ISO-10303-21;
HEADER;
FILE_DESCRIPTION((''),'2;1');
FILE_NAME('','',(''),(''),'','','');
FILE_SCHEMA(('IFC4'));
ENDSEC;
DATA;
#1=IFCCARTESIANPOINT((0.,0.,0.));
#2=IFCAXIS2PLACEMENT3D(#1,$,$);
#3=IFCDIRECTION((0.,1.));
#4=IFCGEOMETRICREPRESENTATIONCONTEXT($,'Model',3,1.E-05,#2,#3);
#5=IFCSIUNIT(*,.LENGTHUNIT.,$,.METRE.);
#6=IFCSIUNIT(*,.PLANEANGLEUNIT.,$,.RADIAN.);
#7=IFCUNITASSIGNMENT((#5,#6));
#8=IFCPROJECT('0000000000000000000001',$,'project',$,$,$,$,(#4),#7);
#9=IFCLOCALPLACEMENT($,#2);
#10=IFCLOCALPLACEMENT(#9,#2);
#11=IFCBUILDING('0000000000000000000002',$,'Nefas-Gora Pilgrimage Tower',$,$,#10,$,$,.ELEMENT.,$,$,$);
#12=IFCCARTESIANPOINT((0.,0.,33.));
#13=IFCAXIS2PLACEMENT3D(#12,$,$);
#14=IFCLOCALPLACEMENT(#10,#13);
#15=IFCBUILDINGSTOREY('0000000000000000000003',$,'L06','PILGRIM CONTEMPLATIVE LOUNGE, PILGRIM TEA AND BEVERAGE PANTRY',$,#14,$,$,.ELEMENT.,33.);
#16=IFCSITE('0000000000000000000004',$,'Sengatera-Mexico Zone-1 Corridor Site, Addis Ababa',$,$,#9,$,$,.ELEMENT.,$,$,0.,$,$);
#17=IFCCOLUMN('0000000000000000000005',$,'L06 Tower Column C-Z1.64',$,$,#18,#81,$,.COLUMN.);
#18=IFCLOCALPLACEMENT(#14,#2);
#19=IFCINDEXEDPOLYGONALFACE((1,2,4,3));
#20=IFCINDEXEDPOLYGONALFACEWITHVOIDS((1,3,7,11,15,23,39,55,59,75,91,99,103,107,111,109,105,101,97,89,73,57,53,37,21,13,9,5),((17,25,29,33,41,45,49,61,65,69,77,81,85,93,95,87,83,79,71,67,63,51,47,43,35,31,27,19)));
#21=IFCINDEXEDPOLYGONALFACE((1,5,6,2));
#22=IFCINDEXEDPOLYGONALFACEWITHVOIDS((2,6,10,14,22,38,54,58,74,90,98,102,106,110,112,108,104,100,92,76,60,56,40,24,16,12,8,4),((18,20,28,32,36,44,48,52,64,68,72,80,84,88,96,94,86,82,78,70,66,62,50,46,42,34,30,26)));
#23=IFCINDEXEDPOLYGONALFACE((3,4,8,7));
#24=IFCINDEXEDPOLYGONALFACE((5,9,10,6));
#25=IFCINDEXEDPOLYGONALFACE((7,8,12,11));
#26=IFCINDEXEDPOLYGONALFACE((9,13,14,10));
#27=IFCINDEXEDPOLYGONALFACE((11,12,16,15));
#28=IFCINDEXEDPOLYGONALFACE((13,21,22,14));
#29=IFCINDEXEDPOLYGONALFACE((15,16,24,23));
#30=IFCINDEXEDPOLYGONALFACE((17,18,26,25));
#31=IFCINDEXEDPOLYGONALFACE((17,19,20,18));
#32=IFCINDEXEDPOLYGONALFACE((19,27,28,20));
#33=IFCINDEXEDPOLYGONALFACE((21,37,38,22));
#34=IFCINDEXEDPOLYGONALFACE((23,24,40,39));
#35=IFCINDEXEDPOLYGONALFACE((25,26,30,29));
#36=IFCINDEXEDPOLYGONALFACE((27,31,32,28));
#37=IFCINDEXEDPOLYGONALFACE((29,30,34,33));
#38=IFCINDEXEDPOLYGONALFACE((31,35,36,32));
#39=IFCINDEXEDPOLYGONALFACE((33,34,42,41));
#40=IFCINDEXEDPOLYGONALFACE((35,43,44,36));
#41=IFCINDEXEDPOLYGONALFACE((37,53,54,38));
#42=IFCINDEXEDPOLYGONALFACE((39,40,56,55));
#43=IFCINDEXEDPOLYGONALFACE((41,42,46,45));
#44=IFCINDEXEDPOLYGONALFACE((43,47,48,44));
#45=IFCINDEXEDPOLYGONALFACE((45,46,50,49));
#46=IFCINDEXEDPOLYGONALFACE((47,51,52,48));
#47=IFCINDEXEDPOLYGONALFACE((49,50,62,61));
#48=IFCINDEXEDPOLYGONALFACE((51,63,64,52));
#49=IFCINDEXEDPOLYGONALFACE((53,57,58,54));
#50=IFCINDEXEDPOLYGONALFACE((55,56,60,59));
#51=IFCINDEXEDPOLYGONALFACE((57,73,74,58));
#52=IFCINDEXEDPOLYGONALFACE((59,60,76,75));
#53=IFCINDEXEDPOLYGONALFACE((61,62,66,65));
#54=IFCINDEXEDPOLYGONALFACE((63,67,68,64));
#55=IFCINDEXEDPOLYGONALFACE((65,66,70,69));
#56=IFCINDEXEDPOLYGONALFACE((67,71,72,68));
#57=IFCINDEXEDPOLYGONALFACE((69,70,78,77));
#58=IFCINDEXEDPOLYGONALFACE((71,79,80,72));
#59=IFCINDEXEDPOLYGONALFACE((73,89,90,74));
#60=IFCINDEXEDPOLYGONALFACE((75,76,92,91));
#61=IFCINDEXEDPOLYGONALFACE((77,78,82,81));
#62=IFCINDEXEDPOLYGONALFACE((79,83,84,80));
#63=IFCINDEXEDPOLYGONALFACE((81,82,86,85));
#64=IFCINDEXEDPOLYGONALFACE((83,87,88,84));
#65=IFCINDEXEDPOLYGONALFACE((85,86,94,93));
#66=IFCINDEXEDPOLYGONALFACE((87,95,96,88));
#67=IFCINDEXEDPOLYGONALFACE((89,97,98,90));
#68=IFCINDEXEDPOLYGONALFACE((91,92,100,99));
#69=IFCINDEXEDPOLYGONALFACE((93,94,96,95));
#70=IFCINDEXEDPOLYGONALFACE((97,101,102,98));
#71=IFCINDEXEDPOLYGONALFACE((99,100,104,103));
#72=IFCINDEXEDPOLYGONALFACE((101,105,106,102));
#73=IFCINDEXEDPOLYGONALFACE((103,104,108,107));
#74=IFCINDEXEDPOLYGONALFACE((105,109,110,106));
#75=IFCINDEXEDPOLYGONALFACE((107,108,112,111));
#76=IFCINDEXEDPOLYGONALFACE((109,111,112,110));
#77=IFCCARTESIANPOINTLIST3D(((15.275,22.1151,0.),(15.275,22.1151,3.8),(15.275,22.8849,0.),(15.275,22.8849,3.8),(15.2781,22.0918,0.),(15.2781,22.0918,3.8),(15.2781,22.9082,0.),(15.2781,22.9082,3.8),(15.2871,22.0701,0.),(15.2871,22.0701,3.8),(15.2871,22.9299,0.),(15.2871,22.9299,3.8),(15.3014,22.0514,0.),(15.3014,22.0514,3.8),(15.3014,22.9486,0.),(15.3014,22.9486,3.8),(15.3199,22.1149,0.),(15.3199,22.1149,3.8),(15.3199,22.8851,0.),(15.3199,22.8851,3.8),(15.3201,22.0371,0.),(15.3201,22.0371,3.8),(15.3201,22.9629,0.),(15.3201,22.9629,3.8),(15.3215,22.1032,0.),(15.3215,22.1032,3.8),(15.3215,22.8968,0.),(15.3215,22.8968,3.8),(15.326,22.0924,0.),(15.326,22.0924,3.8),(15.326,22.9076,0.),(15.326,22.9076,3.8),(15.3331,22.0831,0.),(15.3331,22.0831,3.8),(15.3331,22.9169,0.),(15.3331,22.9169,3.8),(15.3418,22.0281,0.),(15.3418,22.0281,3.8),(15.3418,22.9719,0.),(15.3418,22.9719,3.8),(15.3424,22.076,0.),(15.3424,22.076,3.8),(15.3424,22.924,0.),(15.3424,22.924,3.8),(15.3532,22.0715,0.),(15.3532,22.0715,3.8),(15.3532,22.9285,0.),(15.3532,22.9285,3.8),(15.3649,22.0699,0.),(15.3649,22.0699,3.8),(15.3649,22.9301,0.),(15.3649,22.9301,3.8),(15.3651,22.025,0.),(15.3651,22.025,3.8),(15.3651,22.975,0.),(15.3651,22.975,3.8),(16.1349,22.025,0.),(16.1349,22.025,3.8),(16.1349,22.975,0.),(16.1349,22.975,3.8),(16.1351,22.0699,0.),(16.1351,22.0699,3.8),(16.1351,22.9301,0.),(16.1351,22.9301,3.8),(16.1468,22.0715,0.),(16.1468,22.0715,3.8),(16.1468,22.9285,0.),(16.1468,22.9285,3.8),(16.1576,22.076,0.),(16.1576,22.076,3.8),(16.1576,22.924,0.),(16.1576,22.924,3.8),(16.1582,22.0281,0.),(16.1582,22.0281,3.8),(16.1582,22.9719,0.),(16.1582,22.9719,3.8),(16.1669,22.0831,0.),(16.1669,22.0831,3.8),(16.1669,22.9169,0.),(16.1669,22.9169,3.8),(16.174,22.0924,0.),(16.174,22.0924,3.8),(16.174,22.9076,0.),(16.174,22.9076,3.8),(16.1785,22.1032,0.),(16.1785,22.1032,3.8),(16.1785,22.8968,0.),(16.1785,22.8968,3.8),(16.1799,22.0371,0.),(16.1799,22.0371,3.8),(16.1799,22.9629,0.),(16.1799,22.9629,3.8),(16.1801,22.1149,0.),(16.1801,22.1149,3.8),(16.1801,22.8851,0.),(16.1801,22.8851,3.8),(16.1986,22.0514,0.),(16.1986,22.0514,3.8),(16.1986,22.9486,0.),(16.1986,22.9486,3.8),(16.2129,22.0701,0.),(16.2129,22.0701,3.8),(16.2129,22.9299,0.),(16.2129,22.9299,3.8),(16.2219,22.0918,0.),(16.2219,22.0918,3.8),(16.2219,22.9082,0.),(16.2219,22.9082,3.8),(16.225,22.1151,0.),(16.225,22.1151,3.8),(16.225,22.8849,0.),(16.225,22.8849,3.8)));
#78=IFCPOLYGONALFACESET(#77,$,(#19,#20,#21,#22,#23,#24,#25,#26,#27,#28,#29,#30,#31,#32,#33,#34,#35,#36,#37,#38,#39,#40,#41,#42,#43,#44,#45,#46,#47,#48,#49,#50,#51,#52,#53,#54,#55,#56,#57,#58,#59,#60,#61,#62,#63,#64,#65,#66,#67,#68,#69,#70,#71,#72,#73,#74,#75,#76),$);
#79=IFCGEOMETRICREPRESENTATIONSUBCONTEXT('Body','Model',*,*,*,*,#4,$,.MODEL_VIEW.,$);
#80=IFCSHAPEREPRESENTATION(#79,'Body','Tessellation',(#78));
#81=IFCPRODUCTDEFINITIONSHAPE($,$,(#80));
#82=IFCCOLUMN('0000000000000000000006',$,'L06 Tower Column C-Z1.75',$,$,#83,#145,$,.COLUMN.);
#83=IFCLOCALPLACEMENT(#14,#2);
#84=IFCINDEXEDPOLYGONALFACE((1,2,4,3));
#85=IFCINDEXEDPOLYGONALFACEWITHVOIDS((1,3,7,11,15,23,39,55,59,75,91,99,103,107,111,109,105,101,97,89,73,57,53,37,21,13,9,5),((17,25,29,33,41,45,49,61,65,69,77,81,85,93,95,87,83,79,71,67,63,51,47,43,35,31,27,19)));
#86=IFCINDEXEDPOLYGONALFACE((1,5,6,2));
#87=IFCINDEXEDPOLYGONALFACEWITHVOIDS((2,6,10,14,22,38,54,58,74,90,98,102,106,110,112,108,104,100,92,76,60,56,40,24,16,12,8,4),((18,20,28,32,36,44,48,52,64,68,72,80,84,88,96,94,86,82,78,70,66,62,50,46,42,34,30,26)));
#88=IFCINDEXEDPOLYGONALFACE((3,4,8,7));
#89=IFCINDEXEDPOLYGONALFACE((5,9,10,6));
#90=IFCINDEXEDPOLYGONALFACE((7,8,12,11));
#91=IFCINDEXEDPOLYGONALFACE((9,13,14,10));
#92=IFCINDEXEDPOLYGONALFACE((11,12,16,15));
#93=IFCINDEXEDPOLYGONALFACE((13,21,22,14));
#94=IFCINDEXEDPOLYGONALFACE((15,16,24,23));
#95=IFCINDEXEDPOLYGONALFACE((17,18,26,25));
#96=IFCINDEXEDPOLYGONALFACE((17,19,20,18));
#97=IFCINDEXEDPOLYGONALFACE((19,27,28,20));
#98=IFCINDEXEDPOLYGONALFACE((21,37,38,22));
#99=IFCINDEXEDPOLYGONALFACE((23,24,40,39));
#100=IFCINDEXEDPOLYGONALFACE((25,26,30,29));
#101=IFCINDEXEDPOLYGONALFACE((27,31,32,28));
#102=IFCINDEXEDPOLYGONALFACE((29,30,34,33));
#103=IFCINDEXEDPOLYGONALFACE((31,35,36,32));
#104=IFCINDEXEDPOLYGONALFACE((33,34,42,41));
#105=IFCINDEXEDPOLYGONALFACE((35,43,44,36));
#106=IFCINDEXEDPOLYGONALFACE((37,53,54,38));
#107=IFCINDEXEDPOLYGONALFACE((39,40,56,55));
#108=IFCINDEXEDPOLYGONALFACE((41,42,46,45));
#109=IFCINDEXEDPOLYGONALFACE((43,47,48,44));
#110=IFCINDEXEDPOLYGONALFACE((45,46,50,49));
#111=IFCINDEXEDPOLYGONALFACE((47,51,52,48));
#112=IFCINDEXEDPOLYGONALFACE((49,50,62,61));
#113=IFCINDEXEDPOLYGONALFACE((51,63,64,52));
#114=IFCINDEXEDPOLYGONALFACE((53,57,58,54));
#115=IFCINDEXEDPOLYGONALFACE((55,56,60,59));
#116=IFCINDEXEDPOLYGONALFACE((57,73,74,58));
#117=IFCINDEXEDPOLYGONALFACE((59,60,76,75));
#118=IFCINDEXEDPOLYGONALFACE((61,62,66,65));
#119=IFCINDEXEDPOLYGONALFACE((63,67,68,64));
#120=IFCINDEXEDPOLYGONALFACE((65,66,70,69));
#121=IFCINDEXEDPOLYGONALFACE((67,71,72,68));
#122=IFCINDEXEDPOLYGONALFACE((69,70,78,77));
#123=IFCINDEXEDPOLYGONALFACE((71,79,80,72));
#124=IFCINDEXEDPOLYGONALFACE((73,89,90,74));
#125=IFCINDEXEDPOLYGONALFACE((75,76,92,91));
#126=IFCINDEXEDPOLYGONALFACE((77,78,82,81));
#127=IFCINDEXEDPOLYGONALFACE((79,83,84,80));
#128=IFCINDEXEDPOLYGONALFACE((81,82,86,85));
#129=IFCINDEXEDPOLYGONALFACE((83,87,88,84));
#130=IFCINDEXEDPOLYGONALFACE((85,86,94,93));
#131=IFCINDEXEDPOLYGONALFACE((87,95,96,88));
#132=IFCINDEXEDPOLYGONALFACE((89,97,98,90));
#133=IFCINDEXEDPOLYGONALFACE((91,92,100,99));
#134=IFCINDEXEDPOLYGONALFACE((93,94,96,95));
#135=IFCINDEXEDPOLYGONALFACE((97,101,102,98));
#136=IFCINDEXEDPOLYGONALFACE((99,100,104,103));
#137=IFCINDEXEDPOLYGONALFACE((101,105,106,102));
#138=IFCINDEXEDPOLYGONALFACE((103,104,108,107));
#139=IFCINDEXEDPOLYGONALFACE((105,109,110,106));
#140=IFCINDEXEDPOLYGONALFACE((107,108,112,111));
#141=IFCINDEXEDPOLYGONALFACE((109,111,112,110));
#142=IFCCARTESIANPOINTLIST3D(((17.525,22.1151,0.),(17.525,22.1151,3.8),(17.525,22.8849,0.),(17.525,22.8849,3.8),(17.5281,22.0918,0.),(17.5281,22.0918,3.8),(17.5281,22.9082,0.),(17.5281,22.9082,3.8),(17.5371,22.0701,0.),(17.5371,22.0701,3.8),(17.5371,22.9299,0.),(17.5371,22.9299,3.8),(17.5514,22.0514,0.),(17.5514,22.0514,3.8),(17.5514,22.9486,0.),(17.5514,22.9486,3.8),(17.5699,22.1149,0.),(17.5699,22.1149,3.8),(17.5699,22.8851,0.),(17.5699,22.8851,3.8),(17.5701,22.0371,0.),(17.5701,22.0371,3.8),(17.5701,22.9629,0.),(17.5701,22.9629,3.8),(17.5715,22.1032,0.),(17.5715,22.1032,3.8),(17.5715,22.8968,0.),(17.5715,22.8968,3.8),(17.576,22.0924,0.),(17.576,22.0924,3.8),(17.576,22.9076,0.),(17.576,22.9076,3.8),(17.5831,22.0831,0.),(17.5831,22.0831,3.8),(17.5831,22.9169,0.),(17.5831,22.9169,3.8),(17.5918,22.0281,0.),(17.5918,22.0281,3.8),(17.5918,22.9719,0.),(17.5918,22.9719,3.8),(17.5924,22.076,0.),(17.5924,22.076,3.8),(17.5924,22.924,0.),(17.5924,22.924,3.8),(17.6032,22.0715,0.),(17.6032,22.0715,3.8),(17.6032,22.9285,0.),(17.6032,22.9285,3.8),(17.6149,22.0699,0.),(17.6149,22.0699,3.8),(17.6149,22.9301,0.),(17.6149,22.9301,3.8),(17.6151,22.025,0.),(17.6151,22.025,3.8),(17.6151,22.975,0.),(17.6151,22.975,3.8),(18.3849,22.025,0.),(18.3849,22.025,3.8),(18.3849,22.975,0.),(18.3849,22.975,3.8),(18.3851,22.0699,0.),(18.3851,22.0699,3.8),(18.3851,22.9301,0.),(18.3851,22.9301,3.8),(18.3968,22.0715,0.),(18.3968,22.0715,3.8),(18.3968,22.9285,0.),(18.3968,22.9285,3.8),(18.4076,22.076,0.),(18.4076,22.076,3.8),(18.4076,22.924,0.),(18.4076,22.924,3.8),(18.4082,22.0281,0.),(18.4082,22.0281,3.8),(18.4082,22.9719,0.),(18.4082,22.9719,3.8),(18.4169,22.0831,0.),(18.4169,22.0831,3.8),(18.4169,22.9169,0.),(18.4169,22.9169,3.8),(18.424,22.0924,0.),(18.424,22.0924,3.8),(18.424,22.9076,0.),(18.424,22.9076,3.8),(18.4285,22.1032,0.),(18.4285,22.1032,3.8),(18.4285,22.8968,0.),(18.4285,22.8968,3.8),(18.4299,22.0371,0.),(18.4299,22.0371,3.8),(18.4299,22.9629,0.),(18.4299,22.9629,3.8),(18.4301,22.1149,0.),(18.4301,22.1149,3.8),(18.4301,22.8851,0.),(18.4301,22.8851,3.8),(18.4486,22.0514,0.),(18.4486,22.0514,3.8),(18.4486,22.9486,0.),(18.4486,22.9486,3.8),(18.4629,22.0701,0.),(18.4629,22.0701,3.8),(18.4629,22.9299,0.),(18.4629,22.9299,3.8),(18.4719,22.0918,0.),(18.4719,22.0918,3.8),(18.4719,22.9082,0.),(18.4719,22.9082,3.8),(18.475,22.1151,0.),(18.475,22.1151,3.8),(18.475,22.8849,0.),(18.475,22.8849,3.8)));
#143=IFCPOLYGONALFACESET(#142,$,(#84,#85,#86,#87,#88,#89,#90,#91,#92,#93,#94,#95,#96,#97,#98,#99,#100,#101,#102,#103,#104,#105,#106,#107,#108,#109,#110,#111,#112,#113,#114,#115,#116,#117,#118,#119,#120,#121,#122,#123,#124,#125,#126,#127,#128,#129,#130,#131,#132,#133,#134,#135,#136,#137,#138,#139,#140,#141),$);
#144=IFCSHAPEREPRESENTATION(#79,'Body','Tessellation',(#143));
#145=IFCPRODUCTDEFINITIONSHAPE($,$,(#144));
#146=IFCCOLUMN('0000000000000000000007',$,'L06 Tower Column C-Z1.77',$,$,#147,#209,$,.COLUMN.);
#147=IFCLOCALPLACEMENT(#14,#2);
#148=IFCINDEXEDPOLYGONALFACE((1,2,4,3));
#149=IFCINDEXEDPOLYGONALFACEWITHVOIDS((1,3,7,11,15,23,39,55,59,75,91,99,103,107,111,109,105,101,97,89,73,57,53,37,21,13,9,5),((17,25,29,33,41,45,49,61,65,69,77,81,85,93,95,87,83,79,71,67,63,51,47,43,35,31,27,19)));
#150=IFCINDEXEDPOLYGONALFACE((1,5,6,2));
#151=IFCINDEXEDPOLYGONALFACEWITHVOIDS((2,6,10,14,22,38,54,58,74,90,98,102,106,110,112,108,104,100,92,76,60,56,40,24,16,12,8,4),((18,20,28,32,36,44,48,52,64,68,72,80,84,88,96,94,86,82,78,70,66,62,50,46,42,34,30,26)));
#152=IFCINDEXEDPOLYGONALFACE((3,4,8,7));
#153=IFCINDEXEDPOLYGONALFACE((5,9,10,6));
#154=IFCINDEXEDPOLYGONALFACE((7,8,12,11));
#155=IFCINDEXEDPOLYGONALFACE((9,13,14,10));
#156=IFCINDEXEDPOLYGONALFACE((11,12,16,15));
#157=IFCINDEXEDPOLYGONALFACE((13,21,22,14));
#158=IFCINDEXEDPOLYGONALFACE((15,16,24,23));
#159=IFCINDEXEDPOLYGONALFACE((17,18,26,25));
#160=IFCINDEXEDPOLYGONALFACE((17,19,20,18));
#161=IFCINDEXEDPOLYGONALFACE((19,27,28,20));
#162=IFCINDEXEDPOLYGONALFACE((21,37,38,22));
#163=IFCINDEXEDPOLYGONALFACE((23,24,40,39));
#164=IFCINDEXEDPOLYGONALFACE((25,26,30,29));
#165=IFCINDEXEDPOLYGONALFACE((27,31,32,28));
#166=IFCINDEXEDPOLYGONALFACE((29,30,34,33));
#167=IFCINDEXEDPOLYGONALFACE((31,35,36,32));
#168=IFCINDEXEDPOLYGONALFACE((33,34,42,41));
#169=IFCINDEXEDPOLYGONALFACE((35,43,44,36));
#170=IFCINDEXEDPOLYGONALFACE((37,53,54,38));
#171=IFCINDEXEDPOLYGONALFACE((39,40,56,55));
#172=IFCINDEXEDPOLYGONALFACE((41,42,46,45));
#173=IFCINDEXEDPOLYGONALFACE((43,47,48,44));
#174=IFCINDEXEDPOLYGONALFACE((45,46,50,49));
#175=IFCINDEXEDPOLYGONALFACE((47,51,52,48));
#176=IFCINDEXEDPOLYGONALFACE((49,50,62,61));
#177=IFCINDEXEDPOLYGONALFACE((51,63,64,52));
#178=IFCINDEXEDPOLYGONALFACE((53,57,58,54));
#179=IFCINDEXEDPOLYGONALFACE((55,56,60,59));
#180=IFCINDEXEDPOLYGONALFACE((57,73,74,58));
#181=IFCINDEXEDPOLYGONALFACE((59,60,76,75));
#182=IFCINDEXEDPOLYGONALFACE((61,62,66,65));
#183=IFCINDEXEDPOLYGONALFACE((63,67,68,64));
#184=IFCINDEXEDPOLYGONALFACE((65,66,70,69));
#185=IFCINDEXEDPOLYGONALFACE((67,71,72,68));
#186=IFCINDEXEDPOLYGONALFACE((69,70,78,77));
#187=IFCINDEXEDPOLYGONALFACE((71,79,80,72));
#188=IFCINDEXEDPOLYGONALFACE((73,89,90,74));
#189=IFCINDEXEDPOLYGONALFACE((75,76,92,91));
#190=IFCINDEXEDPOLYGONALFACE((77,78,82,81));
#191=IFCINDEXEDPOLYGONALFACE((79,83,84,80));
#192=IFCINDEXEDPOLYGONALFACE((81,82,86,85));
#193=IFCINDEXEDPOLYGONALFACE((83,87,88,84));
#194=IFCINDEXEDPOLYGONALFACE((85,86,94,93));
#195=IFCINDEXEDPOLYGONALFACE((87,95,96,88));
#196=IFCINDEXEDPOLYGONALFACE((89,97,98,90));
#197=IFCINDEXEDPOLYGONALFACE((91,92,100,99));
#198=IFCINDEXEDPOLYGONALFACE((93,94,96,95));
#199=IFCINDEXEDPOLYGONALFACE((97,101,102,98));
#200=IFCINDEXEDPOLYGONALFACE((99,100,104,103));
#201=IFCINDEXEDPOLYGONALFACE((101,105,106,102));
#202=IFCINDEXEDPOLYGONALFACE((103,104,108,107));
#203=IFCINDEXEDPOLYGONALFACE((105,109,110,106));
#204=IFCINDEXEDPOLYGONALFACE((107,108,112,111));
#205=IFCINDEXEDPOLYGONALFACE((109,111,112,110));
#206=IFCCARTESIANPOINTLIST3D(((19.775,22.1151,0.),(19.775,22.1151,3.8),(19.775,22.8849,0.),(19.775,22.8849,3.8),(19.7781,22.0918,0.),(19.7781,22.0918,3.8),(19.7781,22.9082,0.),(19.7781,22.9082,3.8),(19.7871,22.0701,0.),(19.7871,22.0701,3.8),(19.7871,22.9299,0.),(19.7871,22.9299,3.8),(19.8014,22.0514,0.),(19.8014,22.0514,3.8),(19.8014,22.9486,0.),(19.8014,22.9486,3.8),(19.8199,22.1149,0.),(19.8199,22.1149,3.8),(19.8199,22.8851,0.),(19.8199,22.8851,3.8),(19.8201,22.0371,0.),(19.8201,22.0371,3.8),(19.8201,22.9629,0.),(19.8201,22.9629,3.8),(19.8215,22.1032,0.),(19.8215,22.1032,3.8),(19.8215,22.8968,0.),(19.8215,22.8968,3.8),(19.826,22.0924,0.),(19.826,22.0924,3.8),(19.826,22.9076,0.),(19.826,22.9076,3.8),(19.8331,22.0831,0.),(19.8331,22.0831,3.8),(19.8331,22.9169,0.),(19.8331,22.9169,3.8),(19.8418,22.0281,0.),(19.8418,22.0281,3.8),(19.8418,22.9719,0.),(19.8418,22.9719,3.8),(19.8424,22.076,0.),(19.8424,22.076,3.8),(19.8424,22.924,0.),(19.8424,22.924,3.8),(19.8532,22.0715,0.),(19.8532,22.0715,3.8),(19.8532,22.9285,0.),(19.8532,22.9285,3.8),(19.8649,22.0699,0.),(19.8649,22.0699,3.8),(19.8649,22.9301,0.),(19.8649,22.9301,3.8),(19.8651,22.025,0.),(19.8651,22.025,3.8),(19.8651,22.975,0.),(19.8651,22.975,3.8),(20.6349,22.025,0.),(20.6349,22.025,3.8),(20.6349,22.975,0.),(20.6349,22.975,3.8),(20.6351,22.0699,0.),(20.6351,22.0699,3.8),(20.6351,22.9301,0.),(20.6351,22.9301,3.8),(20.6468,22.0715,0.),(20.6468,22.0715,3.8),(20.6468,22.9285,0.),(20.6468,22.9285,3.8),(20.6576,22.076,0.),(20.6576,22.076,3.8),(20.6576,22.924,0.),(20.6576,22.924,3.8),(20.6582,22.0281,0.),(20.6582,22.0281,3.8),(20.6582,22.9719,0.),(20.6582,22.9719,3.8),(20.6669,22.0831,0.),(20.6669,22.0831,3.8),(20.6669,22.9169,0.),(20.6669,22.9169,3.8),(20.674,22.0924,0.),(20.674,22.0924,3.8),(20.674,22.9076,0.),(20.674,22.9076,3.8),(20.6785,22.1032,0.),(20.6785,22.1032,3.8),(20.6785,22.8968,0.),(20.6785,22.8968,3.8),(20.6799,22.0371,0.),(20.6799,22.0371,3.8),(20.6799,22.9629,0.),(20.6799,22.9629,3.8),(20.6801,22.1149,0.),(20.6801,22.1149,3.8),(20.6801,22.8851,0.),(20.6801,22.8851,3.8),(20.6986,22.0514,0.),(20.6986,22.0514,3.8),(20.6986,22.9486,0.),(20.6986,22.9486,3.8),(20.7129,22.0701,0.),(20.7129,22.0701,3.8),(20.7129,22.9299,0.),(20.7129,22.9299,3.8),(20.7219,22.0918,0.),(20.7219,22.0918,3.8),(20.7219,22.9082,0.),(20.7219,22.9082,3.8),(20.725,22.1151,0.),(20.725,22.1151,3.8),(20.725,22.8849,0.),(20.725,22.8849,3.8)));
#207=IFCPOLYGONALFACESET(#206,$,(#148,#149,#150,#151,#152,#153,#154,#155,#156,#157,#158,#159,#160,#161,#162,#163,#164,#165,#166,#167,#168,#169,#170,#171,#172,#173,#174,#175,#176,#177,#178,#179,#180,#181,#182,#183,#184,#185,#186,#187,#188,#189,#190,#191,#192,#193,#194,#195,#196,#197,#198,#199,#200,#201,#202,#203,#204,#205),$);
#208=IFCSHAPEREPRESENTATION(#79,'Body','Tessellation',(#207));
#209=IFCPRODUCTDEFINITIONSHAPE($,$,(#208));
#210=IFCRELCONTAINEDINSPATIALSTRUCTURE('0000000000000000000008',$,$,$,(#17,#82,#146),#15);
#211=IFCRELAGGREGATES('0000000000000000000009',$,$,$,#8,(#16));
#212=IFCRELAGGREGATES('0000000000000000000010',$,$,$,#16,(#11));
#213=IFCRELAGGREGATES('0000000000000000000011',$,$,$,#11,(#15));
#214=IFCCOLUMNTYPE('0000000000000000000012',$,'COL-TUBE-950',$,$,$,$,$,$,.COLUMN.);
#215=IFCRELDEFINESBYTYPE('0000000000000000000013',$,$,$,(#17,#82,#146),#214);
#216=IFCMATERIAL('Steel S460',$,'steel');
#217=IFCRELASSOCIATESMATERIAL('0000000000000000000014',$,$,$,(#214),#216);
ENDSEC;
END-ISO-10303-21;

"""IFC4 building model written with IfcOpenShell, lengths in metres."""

from ifc_helpers import new_model, si_unit, direction, frame, origin, origin_2d, place, context, subcontext, project, spatial, hollow_rectangle, extrude, source, transform, mapped, material, material_profile, profile_set, type_object, element, save


model = new_model("IFC4")

# Units and contexts
model_context = context("Model", 3, precision=1e-05, world=origin(), true_north=direction((0.0, 1.0)))
body_context = subcontext(model_context, "Body", "Model", "MODEL_VIEW")
ifc_project = project(units=[si_unit("LENGTHUNIT", "METRE"), si_unit("PLANEANGLEUNIT", "RADIAN")], contexts=[model_context])

# Site, building, storey
site_placement = place(None, origin())
site = spatial("IfcSite", under=ifc_project, at=site_placement, Name="Sengatera-Mexico Zone-1 Corridor Site, Addis Ababa", CompositionType="ELEMENT", RefElevation=0.0)
building_placement = place(site_placement, origin())
building = spatial("IfcBuilding", under=site, at=building_placement, Name="Nefas-Gora Pilgrimage Tower", CompositionType="ELEMENT")
storey_placement = place(building_placement, frame((0.0, 0.0, 33.0)))
storey = spatial("IfcBuildingStorey", under=building, at=storey_placement, Name="L06", Description="PILGRIM CONTEMPLATIVE LOUNGE, PILGRIM TEA AND BEVERAGE PANTRY", CompositionType="ELEMENT", Elevation=33.0)

# Columns
ifc_material_1 = material(Name="Steel S460", Category="steel")
ifc_material_profile_1 = material_profile(ifc_material_1, hollow_rectangle(XDim=0.95, YDim=0.95, WallThickness=0.0449, InnerFilletRadius=0.0449, OuterFilletRadius=0.0901, at=origin_2d()), Name="BOX 950x950x45")
ifc_profile_set_1 = profile_set([ifc_material_profile_1], Name="Steel S460")
column_type_1 = type_object("IfcColumnType", Name="COL-TUBE-950", PredefinedType="COLUMN", material=ifc_profile_set_1)
shared_shape_1 = source(origin(), body_context, "Body", "SweptSolid", [
    extrude(hollow_rectangle(XDim=0.95, YDim=0.95, WallThickness=0.0449, InnerFilletRadius=0.0449, OuterFilletRadius=0.0901, at=origin_2d()), origin(), (0.0, 0.0, 1.0), 3.8),
])
for number, where, z_axis, x_axis, name in (
    (1, (15.75, 22.5, 0.0), (0.0, 0.0, 1.0), (1.0, 0.0, 0.0), "L06 Tower Column C-Z1.64"),
    (2, (18.0, 22.5, 0.0), (0.0, 0.0, 1.0), (1.0, 0.0, 0.0), "L06 Tower Column C-Z1.75"),
    (3, (20.25, 22.5, 0.0), (0.0, 0.0, 1.0), (1.0, 0.0, 0.0), "L06 Tower Column C-Z1.77"),
):
    element("IfcColumn", number, at=place(storey_placement, frame(where, z_axis=z_axis, x_axis=x_axis)), inside=storey, type_object=column_type_1, Name=name, PredefinedType="COLUMN", context=body_context, shape_type="MappedRepresentation", body=[
        mapped(shared_shape_1, transform((0.0, 0.0, 0.0), x_axis=(1.0, 0.0, 0.0), y_axis=(0.0, 1.0, 0.0), z_axis=(0.0, 0.0, 1.0), scale=1.0)),
    ])

save(model, "model.ifc")
